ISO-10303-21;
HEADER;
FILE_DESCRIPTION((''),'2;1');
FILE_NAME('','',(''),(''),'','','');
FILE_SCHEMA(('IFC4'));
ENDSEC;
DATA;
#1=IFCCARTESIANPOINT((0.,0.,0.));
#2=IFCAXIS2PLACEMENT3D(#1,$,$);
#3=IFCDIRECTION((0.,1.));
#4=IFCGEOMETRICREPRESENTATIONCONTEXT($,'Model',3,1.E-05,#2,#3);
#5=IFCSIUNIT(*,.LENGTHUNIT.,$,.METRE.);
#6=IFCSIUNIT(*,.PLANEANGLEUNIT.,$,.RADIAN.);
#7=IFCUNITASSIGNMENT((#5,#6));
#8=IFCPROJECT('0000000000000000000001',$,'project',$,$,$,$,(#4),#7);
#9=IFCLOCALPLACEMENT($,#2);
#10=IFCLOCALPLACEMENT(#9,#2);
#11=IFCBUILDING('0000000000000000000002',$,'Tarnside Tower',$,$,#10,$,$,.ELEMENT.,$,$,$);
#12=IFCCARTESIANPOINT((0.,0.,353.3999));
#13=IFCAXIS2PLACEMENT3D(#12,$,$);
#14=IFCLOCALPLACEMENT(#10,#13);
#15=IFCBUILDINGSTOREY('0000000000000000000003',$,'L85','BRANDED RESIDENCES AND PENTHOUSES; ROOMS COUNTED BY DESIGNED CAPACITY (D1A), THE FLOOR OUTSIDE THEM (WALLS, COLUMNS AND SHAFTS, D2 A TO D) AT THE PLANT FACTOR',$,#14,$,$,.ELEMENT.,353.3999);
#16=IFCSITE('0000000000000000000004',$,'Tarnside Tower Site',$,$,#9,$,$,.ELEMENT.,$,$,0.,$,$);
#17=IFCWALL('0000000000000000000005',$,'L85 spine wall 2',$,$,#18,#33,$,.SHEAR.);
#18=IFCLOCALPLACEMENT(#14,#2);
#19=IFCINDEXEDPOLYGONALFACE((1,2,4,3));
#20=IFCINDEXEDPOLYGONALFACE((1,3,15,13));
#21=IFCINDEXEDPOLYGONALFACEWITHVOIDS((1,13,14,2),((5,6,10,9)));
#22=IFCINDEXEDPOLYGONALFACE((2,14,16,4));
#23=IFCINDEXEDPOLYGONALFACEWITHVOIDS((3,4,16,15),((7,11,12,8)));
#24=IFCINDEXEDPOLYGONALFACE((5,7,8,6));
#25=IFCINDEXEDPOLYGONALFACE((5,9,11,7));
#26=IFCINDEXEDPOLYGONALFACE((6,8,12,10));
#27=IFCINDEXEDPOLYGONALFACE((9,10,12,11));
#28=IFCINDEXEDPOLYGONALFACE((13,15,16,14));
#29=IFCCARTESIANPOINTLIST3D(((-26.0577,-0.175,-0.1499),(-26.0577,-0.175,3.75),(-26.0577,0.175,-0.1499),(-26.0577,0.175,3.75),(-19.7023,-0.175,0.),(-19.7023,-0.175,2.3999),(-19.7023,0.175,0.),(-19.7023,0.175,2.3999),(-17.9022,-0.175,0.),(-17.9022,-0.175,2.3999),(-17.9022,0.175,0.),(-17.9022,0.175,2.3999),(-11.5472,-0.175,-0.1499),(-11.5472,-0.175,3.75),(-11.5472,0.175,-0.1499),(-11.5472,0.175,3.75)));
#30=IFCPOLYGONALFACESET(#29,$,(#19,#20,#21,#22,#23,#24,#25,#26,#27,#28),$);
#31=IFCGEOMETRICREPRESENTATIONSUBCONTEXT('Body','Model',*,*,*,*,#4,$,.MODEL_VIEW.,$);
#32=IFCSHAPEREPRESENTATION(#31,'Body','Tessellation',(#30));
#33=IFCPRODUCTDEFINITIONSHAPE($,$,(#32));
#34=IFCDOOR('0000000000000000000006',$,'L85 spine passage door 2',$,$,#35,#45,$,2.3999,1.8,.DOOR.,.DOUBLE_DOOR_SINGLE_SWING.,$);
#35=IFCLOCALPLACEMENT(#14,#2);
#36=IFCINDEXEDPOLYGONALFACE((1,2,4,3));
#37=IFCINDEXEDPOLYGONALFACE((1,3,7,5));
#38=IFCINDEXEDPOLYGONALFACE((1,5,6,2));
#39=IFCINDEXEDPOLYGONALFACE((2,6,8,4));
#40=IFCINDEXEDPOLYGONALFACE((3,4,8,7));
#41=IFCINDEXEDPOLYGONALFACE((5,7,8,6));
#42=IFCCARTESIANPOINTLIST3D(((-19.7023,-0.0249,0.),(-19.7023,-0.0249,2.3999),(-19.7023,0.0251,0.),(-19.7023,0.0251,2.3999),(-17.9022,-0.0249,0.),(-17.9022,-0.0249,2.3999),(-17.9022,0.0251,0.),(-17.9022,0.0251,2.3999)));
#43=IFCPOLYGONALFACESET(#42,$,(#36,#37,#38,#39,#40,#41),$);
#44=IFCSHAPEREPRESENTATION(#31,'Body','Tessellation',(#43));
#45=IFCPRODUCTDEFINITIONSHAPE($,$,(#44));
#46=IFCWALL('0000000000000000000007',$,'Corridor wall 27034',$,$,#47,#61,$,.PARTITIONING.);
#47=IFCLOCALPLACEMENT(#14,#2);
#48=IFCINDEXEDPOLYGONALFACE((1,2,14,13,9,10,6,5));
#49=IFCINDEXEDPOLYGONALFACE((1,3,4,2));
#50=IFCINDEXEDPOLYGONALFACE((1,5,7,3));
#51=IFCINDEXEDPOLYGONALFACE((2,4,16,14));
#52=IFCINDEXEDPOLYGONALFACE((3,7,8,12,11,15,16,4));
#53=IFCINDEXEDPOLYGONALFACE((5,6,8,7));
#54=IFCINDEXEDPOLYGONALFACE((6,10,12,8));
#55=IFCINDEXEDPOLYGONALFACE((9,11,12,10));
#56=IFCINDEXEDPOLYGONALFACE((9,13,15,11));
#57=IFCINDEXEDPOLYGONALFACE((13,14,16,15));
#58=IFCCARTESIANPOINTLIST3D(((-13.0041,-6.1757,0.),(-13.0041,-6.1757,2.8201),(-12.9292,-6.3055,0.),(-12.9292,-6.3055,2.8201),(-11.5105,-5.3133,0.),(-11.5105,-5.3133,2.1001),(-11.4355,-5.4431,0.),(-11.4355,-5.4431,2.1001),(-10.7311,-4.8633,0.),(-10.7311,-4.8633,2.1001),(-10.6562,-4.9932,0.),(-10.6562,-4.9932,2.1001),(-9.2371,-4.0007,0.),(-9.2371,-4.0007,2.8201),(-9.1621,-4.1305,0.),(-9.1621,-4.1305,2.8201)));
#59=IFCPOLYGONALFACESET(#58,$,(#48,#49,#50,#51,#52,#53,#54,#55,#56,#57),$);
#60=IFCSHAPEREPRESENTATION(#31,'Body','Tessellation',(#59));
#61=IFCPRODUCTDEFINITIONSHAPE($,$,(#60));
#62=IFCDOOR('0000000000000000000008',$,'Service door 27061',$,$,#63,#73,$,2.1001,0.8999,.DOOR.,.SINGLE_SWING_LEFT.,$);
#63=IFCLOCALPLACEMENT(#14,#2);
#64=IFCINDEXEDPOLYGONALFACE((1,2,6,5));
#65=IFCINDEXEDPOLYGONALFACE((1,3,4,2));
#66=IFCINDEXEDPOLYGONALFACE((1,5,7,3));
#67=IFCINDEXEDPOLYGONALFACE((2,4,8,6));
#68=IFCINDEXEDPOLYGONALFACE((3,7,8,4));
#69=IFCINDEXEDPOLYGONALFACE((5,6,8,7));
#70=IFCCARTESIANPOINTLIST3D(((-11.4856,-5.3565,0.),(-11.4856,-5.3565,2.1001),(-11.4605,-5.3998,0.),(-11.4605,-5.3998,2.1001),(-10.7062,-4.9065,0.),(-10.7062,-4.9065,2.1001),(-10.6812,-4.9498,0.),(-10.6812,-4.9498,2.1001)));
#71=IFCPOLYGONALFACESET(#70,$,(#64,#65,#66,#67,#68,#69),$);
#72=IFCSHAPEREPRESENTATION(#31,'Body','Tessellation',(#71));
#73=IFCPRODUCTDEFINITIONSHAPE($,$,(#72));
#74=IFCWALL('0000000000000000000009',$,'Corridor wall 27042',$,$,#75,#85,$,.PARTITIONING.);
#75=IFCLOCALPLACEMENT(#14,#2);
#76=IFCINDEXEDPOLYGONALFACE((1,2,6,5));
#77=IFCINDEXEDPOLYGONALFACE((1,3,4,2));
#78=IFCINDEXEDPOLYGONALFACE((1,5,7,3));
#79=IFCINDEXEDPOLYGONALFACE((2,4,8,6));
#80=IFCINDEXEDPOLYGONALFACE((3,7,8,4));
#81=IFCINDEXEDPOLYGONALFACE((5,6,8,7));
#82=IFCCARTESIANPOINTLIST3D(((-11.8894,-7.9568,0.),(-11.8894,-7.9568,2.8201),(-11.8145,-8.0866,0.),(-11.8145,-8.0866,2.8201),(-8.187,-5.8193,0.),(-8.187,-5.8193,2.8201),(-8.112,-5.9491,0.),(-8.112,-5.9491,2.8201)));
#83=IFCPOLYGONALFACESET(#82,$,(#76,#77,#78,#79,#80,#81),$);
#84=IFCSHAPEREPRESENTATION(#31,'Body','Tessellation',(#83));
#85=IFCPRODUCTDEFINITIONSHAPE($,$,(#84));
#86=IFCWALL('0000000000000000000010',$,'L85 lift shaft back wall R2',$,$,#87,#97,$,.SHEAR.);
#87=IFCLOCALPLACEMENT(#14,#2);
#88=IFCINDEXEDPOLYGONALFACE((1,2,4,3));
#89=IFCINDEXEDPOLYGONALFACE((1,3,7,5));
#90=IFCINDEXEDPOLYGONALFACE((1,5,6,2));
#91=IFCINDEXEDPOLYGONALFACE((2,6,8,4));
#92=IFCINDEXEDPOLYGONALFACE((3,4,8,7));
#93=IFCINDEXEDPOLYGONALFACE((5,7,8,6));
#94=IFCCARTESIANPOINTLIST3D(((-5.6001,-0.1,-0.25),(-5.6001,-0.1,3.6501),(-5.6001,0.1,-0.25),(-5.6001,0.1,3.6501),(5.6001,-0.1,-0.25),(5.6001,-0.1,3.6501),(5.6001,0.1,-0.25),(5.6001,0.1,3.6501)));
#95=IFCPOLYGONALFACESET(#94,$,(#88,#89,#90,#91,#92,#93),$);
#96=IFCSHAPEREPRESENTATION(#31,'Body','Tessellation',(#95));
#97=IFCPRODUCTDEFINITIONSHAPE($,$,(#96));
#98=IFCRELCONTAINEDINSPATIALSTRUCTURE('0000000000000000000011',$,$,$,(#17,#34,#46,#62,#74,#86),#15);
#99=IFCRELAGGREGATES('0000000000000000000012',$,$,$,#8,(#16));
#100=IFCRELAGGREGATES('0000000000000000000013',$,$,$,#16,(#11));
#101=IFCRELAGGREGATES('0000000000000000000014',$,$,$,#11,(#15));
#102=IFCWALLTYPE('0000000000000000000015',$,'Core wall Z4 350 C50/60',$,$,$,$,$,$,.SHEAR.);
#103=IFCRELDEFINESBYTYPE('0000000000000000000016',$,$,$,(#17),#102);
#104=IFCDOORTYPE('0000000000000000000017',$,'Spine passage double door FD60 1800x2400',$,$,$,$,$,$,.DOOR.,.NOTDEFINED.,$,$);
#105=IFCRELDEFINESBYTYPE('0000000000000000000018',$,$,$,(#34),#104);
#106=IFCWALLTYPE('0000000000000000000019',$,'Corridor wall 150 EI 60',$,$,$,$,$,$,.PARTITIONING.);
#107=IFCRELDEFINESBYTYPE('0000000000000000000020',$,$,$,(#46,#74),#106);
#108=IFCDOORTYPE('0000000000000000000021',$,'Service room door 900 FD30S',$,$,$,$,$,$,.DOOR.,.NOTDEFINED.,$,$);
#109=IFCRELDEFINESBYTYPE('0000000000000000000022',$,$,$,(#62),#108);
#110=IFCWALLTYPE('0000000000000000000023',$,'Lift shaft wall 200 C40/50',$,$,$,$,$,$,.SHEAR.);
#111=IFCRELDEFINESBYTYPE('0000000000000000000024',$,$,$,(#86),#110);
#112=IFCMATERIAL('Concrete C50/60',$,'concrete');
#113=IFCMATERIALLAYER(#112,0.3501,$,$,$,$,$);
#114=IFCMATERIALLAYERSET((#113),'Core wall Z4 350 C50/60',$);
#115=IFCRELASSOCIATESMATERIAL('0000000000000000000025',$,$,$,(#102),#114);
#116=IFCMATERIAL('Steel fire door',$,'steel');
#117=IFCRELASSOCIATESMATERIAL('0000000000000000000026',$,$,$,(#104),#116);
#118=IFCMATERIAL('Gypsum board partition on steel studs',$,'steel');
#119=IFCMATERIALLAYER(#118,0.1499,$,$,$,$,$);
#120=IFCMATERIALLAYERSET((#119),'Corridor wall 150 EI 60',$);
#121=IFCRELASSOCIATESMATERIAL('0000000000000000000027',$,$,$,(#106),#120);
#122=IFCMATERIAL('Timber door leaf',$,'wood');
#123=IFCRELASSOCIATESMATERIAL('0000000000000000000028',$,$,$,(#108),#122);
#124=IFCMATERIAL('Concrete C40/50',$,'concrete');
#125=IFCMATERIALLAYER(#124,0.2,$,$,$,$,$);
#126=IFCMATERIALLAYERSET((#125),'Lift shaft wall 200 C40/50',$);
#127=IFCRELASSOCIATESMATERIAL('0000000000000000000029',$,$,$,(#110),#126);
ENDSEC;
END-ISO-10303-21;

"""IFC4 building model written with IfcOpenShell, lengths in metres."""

from ifc_helpers import new_model, si_unit, direction, frame, frame_2d, origin, place, context, subcontext, project, spatial, rectangle, extrude, material, layer, layer_set, type_object, element, fill, save


model = new_model("IFC4")

# Units and contexts
model_context = context("Model", 3, precision=1e-05, world=origin(), true_north=direction((0.0, 1.0)))
body_context = subcontext(model_context, "Body", "Model", "MODEL_VIEW")
ifc_project = project(units=[si_unit("LENGTHUNIT", "METRE"), si_unit("PLANEANGLEUNIT", "RADIAN")], contexts=[model_context])

# Site, building, storey
site_placement = place(None, origin())
site = spatial("IfcSite", under=ifc_project, at=site_placement, Name="Tarnside Tower Site", CompositionType="ELEMENT", RefElevation=0.0)
building_placement = place(site_placement, origin())
building = spatial("IfcBuilding", under=site, at=building_placement, Name="Tarnside Tower", CompositionType="ELEMENT")
storey_placement = place(building_placement, frame((0.0, 0.0, 353.3999)))
storey = spatial("IfcBuildingStorey", under=building, at=storey_placement, Name="L85", Description="BRANDED RESIDENCES AND PENTHOUSES; ROOMS COUNTED BY DESIGNED CAPACITY (D1A), THE FLOOR OUTSIDE THEM (WALLS, COLUMNS AND SHAFTS, D2 A TO D) AT THE PLANT FACTOR", CompositionType="ELEMENT", Elevation=353.3999)

# Shared definitions
ifc_material_1 = material(Name="Concrete C40/50", Category="concrete")
ifc_material_2 = material(Name="Steel fire door", Category="steel")

# Walls, openings, doors
ifc_material_3 = material(Name="Concrete C50/60", Category="concrete")
ifc_layer_1 = layer(ifc_material_3, 0.3501)
ifc_layer_set_1 = layer_set([ifc_layer_1], Name="Core wall Z4 350 C50/60")
wall_type_1 = type_object("IfcWallType", Name="Core wall Z4 350 C50/60", PredefinedType="SHEAR", material=ifc_layer_set_1)
wall_1_placement = place(storey_placement, frame((-11.5471, 0.0, -0.1499), z_axis=(0.0, 0.0, 1.0), x_axis=(-1.0, 0.0, 0.0)))
wall_1 = element("IfcWall", 1, at=wall_1_placement, inside=storey, type_object=wall_type_1, Name="L85 spine wall 2", PredefinedType="SHEAR", context=body_context, shape_type="SweptSolid", body=[
    extrude(rectangle(XDim=14.5105, YDim=0.3501, at=frame_2d((7.2554, 0.0))), origin(), (0.0, 0.0, 1.0), 3.8999),
])
opening_1_placement = place(wall_1_placement, frame((6.3552, 0.0, 0.1499)))
opening_1 = element("IfcOpeningElement", 2, at=opening_1_placement, cuts=wall_1, PredefinedType="OPENING", context=body_context, shape_type="SweptSolid", body=[
    extrude(rectangle(XDim=1.8, YDim=2.3999, at=frame_2d((0.8999, 1.2))), frame((0.0, 0.1851, 0.0), z_axis=(0.0, -1.0, 0.0), x_axis=(1.0, 0.0, 0.0)), (0.0, 0.0, 1.0), 0.3701),
])
door_type_1 = type_object("IfcDoorType", Name="Spine passage double door FD60 1800x2400", OperationType="NOTDEFINED", PredefinedType="DOOR", material=ifc_material_2)
door_1_placement = place(opening_1_placement, origin())
door_1 = element("IfcDoor", 3, at=door_1_placement, inside=storey, type_object=door_type_1, Name="L85 spine passage door 2", OperationType="DOUBLE_DOOR_SINGLE_SWING", OverallHeight=2.3999, OverallWidth=1.8, PredefinedType="DOOR", context=body_context, shape_type="SweptSolid", body=[
    extrude(rectangle(XDim=1.8, YDim=2.3999, at=frame_2d((0.8999, 1.2))), frame((0.0, 0.0249, 0.0), z_axis=(0.0, -1.0, 0.0), x_axis=(1.0, 0.0, 0.0)), (0.0, 0.0, 1.0), 0.05),
])
fill(opening_1, door_1)
ifc_material_4 = material(Name="Gypsum board partition on steel studs", Category="steel")
ifc_layer_2 = layer(ifc_material_4, 0.1499)
ifc_layer_set_2 = layer_set([ifc_layer_2], Name="Corridor wall 150 EI 60")
wall_type_2 = type_object("IfcWallType", Name="Corridor wall 150 EI 60", PredefinedType="PARTITIONING", material=ifc_layer_set_2)
wall_2_placement = place(storey_placement, frame((-9.1997, -4.0657, 0.0), z_axis=(0.0, 0.0, 1.0), x_axis=(-0.866014, -0.50002, 0.0)))
wall_2 = element("IfcWall", 4, at=wall_2_placement, inside=storey, type_object=wall_type_2, Name="Corridor wall 27034", PredefinedType="PARTITIONING", context=body_context, shape_type="SweptSolid", body=[
    extrude(rectangle(XDim=4.3499, YDim=0.1499, at=frame_2d((2.1748, 0.0))), origin(), (0.0, 0.0, 1.0), 2.8201),
])
opening_2_placement = place(wall_2_placement, frame((1.7251, 0.0, 0.0)))
opening_2 = element("IfcOpeningElement", 5, at=opening_2_placement, cuts=wall_2, PredefinedType="OPENING", context=body_context, shape_type="SweptSolid", body=[
    extrude(rectangle(XDim=0.8999, YDim=2.1001, at=frame_2d((0.45, 1.05))), frame((0.0, 0.085, 0.0), z_axis=(0.0, -1.0, 0.0), x_axis=(1.0, 0.0, 0.0)), (0.0, 0.0, 1.0), 0.1699),
])
ifc_material_5 = material(Name="Timber door leaf", Category="wood")
door_type_2 = type_object("IfcDoorType", Name="Service room door 900 FD30S", OperationType="NOTDEFINED", PredefinedType="DOOR", material=ifc_material_5)
door_2_placement = place(opening_2_placement, origin())
door_2 = element("IfcDoor", 6, at=door_2_placement, inside=storey, type_object=door_type_2, Name="Service door 27061", OperationType="SINGLE_SWING_LEFT", OverallHeight=2.1001, OverallWidth=0.8999, PredefinedType="DOOR", context=body_context, shape_type="SweptSolid", body=[
    extrude(rectangle(XDim=0.8999, YDim=2.1001, at=frame_2d((0.45, 1.05))), frame((0.0, 0.0249, 0.0), z_axis=(0.0, -1.0, 0.0), x_axis=(1.0, 0.0, 0.0)), (0.0, 0.0, 1.0), 0.05),
])
fill(opening_2, door_2)

# Walls
wall_3_placement = place(storey_placement, frame((-11.8521, -8.0217, 0.0), z_axis=(0.0, 0.0, 1.0), x_axis=(0.866038, 0.499978, 0.0)))
element("IfcWall", 7, at=wall_3_placement, inside=storey, type_object=wall_type_2, Name="Corridor wall 27042", PredefinedType="PARTITIONING", context=body_context, shape_type="SweptSolid", body=[
    extrude(rectangle(XDim=4.2751, YDim=0.1499, at=frame_2d((2.1377, 0.0))), origin(), (0.0, 0.0, 1.0), 2.8201),
])
ifc_layer_3 = layer(ifc_material_1, 0.2)
ifc_layer_set_3 = layer_set([ifc_layer_3], Name="Lift shaft wall 200 C40/50")
wall_type_3 = type_object("IfcWallType", Name="Lift shaft wall 200 C40/50", PredefinedType="SHEAR", material=ifc_layer_set_3)
wall_4_placement = place(storey_placement, frame((-5.6001, 0.0, -0.25), z_axis=(0.0, 0.0, 1.0), x_axis=(1.0, 0.0, 0.0)))
element("IfcWall", 8, at=wall_4_placement, inside=storey, type_object=wall_type_3, Name="L85 lift shaft back wall R2", PredefinedType="SHEAR", context=body_context, shape_type="SweptSolid", body=[
    extrude(rectangle(XDim=11.2002, YDim=0.2, at=frame_2d((5.6001, 0.0))), origin(), (0.0, 0.0, 1.0), 3.9001),
])

save(model, "model.ifc")
